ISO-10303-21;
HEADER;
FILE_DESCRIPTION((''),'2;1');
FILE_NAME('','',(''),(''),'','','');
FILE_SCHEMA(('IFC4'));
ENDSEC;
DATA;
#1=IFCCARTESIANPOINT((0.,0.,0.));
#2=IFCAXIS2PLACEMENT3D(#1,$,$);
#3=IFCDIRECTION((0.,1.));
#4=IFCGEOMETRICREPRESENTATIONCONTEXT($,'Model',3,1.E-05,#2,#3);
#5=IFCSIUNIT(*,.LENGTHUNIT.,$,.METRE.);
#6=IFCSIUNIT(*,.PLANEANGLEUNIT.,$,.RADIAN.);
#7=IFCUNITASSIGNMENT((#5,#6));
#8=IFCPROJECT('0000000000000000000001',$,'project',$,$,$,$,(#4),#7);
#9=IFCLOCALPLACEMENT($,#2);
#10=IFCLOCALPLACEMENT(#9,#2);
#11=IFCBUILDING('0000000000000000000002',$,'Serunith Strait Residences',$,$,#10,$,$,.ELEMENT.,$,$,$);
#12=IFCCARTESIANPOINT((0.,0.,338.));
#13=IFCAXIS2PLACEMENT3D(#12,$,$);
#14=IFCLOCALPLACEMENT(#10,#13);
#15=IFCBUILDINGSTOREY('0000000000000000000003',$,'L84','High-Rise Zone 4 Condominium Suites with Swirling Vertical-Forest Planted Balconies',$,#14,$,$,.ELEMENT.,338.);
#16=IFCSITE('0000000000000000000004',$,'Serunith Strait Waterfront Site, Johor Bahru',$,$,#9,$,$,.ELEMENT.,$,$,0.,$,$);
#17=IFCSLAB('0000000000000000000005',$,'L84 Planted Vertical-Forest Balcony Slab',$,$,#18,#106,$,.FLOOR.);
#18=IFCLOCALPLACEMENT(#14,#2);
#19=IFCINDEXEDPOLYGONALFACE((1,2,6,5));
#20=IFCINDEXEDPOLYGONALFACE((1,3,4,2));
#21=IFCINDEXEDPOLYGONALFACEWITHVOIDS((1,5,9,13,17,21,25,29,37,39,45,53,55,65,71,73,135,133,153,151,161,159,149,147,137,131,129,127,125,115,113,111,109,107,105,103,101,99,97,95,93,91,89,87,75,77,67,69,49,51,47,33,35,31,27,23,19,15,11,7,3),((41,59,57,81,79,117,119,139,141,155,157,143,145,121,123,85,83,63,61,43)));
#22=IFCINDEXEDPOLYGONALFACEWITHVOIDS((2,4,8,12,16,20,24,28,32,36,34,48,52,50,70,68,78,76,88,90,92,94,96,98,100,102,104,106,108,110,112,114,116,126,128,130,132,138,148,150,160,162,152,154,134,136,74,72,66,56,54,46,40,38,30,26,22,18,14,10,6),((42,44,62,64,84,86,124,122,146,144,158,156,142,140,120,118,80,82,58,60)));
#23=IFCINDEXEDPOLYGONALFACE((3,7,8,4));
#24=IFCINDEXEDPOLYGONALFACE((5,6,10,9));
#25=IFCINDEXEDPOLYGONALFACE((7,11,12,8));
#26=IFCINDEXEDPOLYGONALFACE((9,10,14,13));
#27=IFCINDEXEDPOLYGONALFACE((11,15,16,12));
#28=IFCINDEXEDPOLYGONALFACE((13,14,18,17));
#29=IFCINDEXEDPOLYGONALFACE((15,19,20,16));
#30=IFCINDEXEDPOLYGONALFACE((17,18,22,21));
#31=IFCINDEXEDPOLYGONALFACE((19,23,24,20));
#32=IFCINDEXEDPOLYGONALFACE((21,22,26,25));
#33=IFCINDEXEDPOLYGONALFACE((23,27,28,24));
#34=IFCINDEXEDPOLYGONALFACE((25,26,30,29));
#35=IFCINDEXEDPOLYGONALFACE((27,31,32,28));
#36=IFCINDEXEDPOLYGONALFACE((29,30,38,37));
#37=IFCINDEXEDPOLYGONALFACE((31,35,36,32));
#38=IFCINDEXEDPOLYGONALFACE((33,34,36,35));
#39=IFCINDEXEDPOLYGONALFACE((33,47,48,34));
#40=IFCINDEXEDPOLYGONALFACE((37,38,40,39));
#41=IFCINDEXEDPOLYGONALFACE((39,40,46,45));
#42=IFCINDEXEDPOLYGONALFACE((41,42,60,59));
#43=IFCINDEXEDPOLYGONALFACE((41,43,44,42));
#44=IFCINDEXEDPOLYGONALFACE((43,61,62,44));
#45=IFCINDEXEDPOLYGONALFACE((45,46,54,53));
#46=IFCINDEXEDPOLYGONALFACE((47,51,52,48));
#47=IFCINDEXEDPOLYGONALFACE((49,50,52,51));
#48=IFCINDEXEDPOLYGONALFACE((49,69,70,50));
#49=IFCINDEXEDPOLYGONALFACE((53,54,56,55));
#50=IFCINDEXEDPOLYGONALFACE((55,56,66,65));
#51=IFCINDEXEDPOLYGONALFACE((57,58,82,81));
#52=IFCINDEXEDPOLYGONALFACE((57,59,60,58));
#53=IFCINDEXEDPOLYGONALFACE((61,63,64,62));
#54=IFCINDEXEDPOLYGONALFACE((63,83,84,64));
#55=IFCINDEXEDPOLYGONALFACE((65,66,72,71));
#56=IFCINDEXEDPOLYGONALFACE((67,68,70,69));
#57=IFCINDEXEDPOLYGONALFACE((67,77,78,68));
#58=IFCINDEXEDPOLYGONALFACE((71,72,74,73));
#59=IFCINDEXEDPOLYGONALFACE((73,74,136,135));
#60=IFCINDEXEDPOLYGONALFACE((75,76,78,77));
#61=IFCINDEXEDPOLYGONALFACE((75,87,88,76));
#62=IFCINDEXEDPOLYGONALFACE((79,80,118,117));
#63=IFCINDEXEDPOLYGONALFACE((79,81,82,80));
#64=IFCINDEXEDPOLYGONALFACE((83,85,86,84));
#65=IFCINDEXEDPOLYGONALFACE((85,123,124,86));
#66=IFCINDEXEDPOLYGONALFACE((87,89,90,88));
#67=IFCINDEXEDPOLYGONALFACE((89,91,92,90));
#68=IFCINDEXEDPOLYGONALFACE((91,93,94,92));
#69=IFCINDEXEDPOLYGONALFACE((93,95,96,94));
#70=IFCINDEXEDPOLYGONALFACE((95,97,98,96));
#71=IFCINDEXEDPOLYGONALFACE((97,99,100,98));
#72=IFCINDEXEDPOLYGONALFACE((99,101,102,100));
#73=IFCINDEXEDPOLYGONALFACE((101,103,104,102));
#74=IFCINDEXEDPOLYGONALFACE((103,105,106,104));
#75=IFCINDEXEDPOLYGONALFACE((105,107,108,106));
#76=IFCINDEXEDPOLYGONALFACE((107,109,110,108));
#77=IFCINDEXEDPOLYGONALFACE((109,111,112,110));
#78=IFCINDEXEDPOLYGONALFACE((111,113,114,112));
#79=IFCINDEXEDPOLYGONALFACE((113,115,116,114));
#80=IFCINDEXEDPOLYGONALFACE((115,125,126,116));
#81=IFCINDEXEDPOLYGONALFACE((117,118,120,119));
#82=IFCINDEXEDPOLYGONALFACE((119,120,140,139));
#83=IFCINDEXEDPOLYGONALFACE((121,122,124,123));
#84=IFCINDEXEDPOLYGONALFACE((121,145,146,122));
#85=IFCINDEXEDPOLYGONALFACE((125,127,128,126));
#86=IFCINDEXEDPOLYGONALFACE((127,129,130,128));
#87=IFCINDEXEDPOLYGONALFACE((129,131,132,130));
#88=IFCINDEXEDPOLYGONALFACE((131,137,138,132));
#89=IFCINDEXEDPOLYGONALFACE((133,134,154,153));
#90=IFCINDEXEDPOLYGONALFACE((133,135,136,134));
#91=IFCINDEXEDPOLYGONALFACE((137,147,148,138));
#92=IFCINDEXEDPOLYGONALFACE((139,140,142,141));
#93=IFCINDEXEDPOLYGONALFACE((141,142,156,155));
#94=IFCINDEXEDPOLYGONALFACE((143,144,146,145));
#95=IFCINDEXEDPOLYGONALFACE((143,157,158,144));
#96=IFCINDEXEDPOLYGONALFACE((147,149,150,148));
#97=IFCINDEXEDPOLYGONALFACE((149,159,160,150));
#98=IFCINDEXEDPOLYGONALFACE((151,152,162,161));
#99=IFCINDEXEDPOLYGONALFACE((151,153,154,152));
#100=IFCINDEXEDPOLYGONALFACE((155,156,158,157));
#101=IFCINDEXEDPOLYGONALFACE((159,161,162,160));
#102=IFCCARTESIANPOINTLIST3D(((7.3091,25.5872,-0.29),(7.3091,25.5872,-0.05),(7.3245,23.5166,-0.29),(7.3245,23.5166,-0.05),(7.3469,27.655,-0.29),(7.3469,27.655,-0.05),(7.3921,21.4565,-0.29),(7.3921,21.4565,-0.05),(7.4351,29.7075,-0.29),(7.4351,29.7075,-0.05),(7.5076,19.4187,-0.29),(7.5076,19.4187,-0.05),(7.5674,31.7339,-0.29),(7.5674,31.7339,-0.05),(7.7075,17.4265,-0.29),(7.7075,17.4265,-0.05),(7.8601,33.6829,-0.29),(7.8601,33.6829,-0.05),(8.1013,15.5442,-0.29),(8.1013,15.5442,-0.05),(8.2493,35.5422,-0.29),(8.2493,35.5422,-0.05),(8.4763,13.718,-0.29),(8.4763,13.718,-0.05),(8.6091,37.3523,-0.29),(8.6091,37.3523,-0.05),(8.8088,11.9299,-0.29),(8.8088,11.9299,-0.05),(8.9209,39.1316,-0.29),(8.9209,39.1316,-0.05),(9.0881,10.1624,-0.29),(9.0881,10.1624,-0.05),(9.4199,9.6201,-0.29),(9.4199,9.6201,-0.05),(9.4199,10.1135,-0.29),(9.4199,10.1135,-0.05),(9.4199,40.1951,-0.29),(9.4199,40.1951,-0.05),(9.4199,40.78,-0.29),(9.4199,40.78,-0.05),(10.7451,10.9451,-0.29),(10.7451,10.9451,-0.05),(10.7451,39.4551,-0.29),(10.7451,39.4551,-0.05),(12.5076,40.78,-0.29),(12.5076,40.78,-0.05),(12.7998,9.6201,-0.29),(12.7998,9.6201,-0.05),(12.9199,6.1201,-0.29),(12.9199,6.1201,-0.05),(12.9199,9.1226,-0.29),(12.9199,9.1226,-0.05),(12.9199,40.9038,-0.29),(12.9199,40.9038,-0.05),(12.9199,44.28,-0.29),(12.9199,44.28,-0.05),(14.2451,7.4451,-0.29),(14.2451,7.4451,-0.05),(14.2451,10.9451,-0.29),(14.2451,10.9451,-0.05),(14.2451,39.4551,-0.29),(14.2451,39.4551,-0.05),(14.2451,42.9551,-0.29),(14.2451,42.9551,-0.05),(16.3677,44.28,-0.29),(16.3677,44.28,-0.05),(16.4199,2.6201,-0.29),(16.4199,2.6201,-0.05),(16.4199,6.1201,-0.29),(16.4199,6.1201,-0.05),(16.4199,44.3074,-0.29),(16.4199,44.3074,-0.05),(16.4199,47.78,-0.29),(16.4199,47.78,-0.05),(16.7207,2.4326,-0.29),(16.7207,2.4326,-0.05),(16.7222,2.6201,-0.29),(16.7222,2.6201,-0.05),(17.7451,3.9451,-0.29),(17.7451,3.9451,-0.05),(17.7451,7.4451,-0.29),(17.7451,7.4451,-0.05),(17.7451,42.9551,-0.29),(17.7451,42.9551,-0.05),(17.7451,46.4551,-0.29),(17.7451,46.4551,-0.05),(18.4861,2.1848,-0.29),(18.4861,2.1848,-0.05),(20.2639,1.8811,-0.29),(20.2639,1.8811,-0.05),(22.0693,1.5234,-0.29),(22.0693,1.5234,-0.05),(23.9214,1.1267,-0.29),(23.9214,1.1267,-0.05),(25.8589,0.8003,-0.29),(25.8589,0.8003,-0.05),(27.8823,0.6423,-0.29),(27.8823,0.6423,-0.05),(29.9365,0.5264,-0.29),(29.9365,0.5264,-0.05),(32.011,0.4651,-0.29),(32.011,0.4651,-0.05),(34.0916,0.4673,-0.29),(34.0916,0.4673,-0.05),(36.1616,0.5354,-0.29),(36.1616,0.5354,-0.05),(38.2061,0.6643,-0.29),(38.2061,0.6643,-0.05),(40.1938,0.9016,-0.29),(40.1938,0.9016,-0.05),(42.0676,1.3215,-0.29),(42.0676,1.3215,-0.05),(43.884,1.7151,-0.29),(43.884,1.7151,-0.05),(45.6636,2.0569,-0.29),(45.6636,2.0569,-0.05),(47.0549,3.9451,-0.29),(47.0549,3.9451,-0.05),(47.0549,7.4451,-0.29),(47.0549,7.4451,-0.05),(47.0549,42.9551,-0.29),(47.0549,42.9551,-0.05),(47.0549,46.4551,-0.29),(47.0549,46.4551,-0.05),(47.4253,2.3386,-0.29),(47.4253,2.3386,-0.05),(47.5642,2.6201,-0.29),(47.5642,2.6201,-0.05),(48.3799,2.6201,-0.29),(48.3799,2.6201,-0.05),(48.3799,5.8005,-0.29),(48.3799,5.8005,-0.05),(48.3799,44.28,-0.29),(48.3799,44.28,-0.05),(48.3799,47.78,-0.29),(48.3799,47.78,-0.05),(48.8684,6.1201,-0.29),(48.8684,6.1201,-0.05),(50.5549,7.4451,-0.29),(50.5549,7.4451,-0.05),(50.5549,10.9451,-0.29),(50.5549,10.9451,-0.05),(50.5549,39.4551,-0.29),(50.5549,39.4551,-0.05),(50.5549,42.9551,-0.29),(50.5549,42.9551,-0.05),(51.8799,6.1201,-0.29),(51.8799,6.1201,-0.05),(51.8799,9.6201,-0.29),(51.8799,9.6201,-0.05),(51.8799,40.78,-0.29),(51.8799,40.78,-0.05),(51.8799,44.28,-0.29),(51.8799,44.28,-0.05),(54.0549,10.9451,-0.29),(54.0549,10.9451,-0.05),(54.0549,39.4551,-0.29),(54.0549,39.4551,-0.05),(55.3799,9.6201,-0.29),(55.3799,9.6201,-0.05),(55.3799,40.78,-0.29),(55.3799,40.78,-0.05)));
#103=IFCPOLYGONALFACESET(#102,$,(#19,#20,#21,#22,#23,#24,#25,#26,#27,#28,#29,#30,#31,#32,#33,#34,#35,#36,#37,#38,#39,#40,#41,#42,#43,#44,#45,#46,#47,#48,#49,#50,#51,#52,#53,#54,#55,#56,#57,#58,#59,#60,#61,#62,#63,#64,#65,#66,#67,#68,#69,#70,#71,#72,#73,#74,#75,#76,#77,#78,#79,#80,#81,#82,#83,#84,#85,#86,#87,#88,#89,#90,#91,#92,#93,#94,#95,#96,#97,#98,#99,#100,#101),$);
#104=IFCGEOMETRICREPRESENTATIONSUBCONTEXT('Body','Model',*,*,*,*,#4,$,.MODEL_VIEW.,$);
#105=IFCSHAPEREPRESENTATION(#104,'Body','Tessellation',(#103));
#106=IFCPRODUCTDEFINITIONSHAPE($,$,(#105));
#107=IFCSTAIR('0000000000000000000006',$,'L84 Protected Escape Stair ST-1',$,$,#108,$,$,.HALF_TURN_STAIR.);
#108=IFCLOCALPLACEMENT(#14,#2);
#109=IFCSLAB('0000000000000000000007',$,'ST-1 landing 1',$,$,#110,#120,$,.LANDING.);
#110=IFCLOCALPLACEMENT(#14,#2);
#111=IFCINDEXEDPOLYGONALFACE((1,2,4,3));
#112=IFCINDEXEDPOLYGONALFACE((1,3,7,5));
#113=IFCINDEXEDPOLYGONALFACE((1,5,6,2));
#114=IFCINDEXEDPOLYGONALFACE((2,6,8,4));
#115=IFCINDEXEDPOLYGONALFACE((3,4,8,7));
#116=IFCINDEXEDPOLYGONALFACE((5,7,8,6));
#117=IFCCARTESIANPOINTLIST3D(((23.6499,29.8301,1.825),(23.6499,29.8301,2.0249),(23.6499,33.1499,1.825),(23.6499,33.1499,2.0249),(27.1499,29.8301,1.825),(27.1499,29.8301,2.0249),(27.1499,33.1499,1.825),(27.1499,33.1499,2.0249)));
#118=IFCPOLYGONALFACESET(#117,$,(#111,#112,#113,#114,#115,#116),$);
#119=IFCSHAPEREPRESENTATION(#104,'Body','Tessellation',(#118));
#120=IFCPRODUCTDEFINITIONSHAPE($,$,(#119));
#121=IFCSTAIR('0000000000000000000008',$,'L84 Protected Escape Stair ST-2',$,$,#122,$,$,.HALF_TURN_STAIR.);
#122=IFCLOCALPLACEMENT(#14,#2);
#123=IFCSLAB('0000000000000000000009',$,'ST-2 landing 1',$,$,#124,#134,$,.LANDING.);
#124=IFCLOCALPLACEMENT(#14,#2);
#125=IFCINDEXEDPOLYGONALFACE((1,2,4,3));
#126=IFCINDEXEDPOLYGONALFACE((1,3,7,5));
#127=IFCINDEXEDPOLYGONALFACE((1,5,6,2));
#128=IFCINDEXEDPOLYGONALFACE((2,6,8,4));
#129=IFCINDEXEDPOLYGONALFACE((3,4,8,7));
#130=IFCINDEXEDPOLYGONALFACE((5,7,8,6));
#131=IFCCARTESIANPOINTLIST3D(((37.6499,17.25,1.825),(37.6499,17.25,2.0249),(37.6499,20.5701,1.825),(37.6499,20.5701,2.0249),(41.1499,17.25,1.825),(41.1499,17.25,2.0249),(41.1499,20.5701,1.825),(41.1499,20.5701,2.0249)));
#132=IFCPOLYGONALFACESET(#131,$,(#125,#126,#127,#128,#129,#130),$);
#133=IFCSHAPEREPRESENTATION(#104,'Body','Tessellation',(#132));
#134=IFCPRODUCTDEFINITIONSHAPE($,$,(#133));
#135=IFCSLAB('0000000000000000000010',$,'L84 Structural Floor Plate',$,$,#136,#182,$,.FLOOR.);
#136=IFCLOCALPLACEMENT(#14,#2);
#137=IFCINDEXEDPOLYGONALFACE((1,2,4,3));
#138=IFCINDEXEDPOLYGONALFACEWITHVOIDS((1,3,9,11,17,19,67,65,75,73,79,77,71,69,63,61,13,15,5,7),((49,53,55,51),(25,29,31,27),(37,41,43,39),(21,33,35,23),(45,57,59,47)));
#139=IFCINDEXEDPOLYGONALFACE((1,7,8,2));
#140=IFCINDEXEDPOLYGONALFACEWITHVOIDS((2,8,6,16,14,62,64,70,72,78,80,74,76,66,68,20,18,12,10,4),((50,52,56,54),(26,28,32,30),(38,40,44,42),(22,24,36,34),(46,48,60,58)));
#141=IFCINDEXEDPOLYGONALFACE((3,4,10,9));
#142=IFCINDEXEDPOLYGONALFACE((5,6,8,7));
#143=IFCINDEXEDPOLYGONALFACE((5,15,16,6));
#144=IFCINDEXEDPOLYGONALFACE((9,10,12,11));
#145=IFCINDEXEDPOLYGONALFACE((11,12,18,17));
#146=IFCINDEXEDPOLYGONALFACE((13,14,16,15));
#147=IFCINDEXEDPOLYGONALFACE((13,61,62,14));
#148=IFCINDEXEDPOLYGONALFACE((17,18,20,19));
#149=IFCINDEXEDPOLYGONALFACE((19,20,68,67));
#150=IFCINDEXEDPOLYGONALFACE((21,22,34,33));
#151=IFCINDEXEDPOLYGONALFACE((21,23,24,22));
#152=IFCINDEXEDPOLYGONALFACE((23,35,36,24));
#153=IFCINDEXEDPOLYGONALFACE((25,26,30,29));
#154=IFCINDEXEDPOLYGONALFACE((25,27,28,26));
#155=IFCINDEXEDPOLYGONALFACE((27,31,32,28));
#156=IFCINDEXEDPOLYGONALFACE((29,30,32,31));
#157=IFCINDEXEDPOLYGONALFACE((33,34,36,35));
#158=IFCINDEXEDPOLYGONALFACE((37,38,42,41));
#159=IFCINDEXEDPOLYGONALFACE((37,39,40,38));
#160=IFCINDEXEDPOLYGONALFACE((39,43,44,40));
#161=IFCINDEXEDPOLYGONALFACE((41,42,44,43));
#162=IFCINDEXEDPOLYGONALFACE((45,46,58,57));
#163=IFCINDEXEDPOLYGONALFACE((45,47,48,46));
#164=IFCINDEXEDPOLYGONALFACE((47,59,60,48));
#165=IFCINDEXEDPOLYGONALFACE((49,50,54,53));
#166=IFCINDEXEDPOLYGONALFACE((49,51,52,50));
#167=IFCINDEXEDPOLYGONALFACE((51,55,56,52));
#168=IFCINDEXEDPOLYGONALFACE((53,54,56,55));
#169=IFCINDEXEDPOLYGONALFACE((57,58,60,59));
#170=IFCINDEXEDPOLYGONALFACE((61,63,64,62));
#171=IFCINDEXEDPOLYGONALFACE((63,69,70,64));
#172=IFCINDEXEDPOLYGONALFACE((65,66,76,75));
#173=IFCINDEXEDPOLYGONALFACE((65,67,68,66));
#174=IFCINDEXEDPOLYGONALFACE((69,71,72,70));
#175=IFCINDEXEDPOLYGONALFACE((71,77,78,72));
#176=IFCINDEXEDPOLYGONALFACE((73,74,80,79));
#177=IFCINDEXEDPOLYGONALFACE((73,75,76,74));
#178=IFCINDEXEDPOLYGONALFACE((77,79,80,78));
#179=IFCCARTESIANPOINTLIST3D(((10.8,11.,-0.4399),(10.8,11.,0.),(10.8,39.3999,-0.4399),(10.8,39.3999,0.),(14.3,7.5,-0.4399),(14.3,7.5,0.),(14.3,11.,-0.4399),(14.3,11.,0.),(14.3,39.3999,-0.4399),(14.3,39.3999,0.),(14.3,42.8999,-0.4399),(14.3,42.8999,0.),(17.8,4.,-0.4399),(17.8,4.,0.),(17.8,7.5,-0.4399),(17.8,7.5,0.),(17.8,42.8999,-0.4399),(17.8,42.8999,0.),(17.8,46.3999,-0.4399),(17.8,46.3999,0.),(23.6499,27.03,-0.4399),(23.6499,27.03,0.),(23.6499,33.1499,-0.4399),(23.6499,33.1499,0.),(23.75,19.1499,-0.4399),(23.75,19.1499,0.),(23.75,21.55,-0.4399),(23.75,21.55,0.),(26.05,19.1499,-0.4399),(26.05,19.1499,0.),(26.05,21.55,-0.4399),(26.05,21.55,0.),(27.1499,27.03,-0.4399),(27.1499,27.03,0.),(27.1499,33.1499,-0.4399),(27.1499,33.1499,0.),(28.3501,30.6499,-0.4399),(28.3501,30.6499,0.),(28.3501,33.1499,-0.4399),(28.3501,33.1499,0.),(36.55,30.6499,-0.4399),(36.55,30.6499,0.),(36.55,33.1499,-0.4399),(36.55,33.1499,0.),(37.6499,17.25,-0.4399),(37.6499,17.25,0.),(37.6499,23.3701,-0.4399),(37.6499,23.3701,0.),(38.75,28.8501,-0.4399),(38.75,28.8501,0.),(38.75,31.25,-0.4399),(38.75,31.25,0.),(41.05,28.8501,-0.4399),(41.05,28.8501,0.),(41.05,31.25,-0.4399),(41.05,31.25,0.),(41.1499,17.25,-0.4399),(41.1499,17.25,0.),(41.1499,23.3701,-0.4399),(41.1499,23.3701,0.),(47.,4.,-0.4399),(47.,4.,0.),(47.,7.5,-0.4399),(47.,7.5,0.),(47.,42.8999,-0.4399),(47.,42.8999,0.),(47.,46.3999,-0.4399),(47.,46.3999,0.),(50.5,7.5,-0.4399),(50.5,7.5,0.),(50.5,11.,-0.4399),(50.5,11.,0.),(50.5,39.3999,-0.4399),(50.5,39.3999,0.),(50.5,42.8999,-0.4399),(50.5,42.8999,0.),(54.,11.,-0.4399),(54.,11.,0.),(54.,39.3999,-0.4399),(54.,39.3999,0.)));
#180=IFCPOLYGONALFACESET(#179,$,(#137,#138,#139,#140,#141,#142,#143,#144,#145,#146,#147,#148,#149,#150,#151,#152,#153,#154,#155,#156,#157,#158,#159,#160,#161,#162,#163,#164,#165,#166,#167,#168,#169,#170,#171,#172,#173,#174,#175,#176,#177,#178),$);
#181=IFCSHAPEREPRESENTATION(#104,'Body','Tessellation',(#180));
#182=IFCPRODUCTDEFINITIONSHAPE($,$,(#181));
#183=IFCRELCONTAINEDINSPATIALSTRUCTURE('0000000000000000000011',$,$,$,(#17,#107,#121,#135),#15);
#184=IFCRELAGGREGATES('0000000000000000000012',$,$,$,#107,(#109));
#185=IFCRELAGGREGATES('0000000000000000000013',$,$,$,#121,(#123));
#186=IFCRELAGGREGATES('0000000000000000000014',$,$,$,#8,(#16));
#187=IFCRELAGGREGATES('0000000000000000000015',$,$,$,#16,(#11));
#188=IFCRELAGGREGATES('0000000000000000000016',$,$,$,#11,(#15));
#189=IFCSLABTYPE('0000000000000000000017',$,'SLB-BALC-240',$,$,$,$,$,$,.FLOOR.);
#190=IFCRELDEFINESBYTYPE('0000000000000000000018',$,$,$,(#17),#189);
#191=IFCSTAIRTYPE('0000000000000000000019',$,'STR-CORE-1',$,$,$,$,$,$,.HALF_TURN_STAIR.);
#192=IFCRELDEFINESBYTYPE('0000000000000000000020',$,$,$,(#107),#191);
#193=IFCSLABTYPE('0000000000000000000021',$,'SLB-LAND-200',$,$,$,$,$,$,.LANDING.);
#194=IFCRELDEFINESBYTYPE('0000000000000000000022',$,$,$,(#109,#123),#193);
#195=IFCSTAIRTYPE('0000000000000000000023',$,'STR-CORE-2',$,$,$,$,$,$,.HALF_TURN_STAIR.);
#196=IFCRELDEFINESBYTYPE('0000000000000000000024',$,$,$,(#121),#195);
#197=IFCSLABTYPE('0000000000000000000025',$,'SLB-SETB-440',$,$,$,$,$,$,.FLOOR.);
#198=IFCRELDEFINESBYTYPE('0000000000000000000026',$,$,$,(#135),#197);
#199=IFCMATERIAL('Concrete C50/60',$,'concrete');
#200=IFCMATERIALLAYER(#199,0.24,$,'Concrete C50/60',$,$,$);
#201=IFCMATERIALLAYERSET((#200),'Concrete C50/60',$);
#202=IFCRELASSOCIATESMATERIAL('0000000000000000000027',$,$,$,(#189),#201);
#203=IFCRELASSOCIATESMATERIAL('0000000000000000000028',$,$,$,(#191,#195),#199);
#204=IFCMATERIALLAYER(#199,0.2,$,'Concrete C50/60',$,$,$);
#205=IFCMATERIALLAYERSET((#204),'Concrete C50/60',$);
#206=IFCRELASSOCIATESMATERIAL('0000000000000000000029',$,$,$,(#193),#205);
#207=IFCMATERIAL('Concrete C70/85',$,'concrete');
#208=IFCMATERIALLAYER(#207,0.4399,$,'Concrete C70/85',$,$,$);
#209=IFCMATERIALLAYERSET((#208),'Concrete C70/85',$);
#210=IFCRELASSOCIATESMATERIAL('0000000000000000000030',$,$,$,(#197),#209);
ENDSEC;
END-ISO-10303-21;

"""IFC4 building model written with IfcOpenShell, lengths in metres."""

from ifc_helpers import new_model, si_unit, direction, frame, origin, place, context, subcontext, project, spatial, polyline, outline, extrude, material, layer, layer_set, type_object, element, aggregate, save


model = new_model("IFC4")

# Units and contexts
model_context = context("Model", 3, precision=1e-05, world=origin(), true_north=direction((0.0, 1.0)))
body_context = subcontext(model_context, "Body", "Model", "MODEL_VIEW")
ifc_project = project(units=[si_unit("LENGTHUNIT", "METRE"), si_unit("PLANEANGLEUNIT", "RADIAN")], contexts=[model_context])

# Site, building, storey
site_placement = place(None, origin())
site = spatial("IfcSite", under=ifc_project, at=site_placement, Name="Serunith Strait Waterfront Site, Johor Bahru", CompositionType="ELEMENT", RefElevation=0.0)
building_placement = place(site_placement, origin())
building = spatial("IfcBuilding", under=site, at=building_placement, Name="Serunith Strait Residences", CompositionType="ELEMENT")
storey_placement = place(building_placement, frame((0.0, 0.0, 338.0)))
storey = spatial("IfcBuildingStorey", under=building, at=storey_placement, Name="L84", Description="High-Rise Zone 4 Condominium Suites with Swirling Vertical-Forest Planted Balconies", CompositionType="ELEMENT", Elevation=338.0)

# Slab
ifc_material_1 = material(Name="Concrete C50/60", Category="concrete")
ifc_layer_1 = layer(ifc_material_1, 0.24, Name="Concrete C50/60")
ifc_layer_set_1 = layer_set([ifc_layer_1], Name="Concrete C50/60")
slab_type_1 = type_object("IfcSlabType", Name="SLB-BALC-240", PredefinedType="FLOOR", material=ifc_layer_set_1)
slab_1_placement = place(storey_placement, frame((0.0, 0.0, -0.29)))
element("IfcSlab", 1, at=slab_1_placement, inside=storey, type_object=slab_type_1, Name="L84 Planted Vertical-Forest Balcony Slab", PredefinedType="FLOOR", context=body_context, shape_type="SweptSolid", body=[
    extrude(outline(polyline([(16.4199, 2.6201), (16.4199, 6.1201), (12.9199, 6.1201), (12.9199, 9.1226), (12.7998, 9.6201), (9.4199, 9.6201), (9.4199, 10.1135), (9.0881, 10.1624), (8.8088, 11.9299), (8.4763, 13.718), (8.1013, 15.5442), (7.7075, 17.4265), (7.5076, 19.4187), (7.3921, 21.4565), (7.3245, 23.5166), (7.3091, 25.5872), (7.3469, 27.655), (7.4351, 29.7075), (7.5674, 31.7339), (7.8601, 33.6829), (8.2493, 35.5422), (8.6091, 37.3523), (8.9209, 39.1316), (9.4199, 40.1951), (9.4199, 40.78), (12.5076, 40.78), (12.9199, 40.9038), (12.9199, 44.28), (16.3677, 44.28), (16.4199, 44.3074), (16.4199, 47.78), (48.3799, 47.78), (48.3799, 44.28), (51.8799, 44.28), (51.8799, 40.78), (55.3799, 40.78), (55.3799, 9.6201), (51.8799, 9.6201), (51.8799, 6.1201), (48.8684, 6.1201), (48.3799, 5.8005), (48.3799, 2.6201), (47.5642, 2.6201), (47.4253, 2.3386), (45.6636, 2.0569), (43.884, 1.7151), (42.0676, 1.3215), (40.1938, 0.9016), (38.2061, 0.6643), (36.1616, 0.5354), (34.0916, 0.4673), (32.011, 0.4651), (29.9365, 0.5264), (27.8823, 0.6423), (25.8589, 0.8003), (23.9214, 1.1267), (22.0693, 1.5234), (20.2639, 1.8811), (18.4861, 2.1848), (16.7207, 2.4326), (16.7222, 2.6201), (16.4199, 2.6201)]), holes=[polyline([(47.0549, 3.9451), (47.0549, 7.4451), (50.5549, 7.4451), (50.5549, 10.9451), (54.0549, 10.9451), (54.0549, 39.4551), (50.5549, 39.4551), (50.5549, 42.9551), (47.0549, 42.9551), (47.0549, 46.4551), (17.7451, 46.4551), (17.7451, 42.9551), (14.2451, 42.9551), (14.2451, 39.4551), (10.7451, 39.4551), (10.7451, 10.9451), (14.2451, 10.9451), (14.2451, 7.4451), (17.7451, 7.4451), (17.7451, 3.9451), (47.0549, 3.9451)])]), origin(), (0.0, 0.0, 1.0), 0.24),
])

# Stairs, slabs
stair_type_1 = type_object("IfcStairType", Name="STR-CORE-1", PredefinedType="HALF_TURN_STAIR", material=ifc_material_1)
stair_1_placement = place(storey_placement, origin())
stair_1 = element("IfcStair", 2, at=stair_1_placement, inside=storey, type_object=stair_type_1, Name="L84 Protected Escape Stair ST-1", PredefinedType="HALF_TURN_STAIR")
ifc_layer_2 = layer(ifc_material_1, 0.2, Name="Concrete C50/60")
ifc_layer_set_2 = layer_set([ifc_layer_2], Name="Concrete C50/60")
slab_type_2 = type_object("IfcSlabType", Name="SLB-LAND-200", PredefinedType="LANDING", material=ifc_layer_set_2)
slab_2_placement = place(storey_placement, frame((0.0, 0.0, 1.825)))
slab_2 = element("IfcSlab", 3, at=slab_2_placement, type_object=slab_type_2, Name="ST-1 landing 1", PredefinedType="LANDING", context=body_context, shape_type="SweptSolid", body=[
    extrude(outline(polyline([(27.1499, 29.8301), (27.1499, 33.1499), (23.6499, 33.1499), (23.6499, 29.8301), (27.1499, 29.8301)])), origin(), (0.0, 0.0, 1.0), 0.2),
])
aggregate(stair_1, [slab_2])
stair_type_2 = type_object("IfcStairType", Name="STR-CORE-2", PredefinedType="HALF_TURN_STAIR", material=ifc_material_1)
stair_2_placement = place(storey_placement, origin())
stair_2 = element("IfcStair", 4, at=stair_2_placement, inside=storey, type_object=stair_type_2, Name="L84 Protected Escape Stair ST-2", PredefinedType="HALF_TURN_STAIR")
slab_3_placement = place(storey_placement, frame((0.0, 0.0, 1.825)))
slab_3 = element("IfcSlab", 5, at=slab_3_placement, type_object=slab_type_2, Name="ST-2 landing 1", PredefinedType="LANDING", context=body_context, shape_type="SweptSolid", body=[
    extrude(outline(polyline([(37.6499, 20.5701), (37.6499, 17.25), (41.1499, 17.25), (41.1499, 20.5701), (37.6499, 20.5701)])), origin(), (0.0, 0.0, 1.0), 0.2),
])
aggregate(stair_2, [slab_3])

# Slab
ifc_material_2 = material(Name="Concrete C70/85", Category="concrete")
ifc_layer_3 = layer(ifc_material_2, 0.4399, Name="Concrete C70/85")
ifc_layer_set_3 = layer_set([ifc_layer_3], Name="Concrete C70/85")
slab_type_3 = type_object("IfcSlabType", Name="SLB-SETB-440", PredefinedType="FLOOR", material=ifc_layer_set_3)
slab_4_placement = place(storey_placement, frame((0.0, 0.0, -0.4399)))
element("IfcSlab", 6, at=slab_4_placement, inside=storey, type_object=slab_type_3, Name="L84 Structural Floor Plate", PredefinedType="FLOOR", context=body_context, shape_type="SweptSolid", body=[
    extrude(outline(polyline([(17.8, 7.5), (14.3, 7.5), (14.3, 11.0), (10.8, 11.0), (10.8, 39.3999), (14.3, 39.3999), (14.3, 42.8999), (17.8, 42.8999), (17.8, 46.3999), (47.0, 46.3999), (47.0, 42.8999), (50.5, 42.8999), (50.5, 39.3999), (54.0, 39.3999), (54.0, 11.0), (50.5, 11.0), (50.5, 7.5), (47.0, 7.5), (47.0, 4.0), (17.8, 4.0), (17.8, 7.5)]), holes=[polyline([(41.1499, 23.3701), (37.6499, 23.3701), (37.6499, 17.25), (41.1499, 17.25), (41.1499, 23.3701)]), polyline([(38.75, 31.25), (38.75, 28.8501), (41.05, 28.8501), (41.05, 31.25), (38.75, 31.25)]), polyline([(36.55, 33.1499), (28.3501, 33.1499), (28.3501, 30.6499), (36.55, 30.6499), (36.55, 33.1499)]), polyline([(23.6499, 33.1499), (23.6499, 27.03), (27.1499, 27.03), (27.1499, 33.1499), (23.6499, 33.1499)]), polyline([(23.75, 21.55), (23.75, 19.1499), (26.05, 19.1499), (26.05, 21.55), (23.75, 21.55)])]), origin(), (0.0, 0.0, 1.0), 0.4399),
])

save(model, "model.ifc")
